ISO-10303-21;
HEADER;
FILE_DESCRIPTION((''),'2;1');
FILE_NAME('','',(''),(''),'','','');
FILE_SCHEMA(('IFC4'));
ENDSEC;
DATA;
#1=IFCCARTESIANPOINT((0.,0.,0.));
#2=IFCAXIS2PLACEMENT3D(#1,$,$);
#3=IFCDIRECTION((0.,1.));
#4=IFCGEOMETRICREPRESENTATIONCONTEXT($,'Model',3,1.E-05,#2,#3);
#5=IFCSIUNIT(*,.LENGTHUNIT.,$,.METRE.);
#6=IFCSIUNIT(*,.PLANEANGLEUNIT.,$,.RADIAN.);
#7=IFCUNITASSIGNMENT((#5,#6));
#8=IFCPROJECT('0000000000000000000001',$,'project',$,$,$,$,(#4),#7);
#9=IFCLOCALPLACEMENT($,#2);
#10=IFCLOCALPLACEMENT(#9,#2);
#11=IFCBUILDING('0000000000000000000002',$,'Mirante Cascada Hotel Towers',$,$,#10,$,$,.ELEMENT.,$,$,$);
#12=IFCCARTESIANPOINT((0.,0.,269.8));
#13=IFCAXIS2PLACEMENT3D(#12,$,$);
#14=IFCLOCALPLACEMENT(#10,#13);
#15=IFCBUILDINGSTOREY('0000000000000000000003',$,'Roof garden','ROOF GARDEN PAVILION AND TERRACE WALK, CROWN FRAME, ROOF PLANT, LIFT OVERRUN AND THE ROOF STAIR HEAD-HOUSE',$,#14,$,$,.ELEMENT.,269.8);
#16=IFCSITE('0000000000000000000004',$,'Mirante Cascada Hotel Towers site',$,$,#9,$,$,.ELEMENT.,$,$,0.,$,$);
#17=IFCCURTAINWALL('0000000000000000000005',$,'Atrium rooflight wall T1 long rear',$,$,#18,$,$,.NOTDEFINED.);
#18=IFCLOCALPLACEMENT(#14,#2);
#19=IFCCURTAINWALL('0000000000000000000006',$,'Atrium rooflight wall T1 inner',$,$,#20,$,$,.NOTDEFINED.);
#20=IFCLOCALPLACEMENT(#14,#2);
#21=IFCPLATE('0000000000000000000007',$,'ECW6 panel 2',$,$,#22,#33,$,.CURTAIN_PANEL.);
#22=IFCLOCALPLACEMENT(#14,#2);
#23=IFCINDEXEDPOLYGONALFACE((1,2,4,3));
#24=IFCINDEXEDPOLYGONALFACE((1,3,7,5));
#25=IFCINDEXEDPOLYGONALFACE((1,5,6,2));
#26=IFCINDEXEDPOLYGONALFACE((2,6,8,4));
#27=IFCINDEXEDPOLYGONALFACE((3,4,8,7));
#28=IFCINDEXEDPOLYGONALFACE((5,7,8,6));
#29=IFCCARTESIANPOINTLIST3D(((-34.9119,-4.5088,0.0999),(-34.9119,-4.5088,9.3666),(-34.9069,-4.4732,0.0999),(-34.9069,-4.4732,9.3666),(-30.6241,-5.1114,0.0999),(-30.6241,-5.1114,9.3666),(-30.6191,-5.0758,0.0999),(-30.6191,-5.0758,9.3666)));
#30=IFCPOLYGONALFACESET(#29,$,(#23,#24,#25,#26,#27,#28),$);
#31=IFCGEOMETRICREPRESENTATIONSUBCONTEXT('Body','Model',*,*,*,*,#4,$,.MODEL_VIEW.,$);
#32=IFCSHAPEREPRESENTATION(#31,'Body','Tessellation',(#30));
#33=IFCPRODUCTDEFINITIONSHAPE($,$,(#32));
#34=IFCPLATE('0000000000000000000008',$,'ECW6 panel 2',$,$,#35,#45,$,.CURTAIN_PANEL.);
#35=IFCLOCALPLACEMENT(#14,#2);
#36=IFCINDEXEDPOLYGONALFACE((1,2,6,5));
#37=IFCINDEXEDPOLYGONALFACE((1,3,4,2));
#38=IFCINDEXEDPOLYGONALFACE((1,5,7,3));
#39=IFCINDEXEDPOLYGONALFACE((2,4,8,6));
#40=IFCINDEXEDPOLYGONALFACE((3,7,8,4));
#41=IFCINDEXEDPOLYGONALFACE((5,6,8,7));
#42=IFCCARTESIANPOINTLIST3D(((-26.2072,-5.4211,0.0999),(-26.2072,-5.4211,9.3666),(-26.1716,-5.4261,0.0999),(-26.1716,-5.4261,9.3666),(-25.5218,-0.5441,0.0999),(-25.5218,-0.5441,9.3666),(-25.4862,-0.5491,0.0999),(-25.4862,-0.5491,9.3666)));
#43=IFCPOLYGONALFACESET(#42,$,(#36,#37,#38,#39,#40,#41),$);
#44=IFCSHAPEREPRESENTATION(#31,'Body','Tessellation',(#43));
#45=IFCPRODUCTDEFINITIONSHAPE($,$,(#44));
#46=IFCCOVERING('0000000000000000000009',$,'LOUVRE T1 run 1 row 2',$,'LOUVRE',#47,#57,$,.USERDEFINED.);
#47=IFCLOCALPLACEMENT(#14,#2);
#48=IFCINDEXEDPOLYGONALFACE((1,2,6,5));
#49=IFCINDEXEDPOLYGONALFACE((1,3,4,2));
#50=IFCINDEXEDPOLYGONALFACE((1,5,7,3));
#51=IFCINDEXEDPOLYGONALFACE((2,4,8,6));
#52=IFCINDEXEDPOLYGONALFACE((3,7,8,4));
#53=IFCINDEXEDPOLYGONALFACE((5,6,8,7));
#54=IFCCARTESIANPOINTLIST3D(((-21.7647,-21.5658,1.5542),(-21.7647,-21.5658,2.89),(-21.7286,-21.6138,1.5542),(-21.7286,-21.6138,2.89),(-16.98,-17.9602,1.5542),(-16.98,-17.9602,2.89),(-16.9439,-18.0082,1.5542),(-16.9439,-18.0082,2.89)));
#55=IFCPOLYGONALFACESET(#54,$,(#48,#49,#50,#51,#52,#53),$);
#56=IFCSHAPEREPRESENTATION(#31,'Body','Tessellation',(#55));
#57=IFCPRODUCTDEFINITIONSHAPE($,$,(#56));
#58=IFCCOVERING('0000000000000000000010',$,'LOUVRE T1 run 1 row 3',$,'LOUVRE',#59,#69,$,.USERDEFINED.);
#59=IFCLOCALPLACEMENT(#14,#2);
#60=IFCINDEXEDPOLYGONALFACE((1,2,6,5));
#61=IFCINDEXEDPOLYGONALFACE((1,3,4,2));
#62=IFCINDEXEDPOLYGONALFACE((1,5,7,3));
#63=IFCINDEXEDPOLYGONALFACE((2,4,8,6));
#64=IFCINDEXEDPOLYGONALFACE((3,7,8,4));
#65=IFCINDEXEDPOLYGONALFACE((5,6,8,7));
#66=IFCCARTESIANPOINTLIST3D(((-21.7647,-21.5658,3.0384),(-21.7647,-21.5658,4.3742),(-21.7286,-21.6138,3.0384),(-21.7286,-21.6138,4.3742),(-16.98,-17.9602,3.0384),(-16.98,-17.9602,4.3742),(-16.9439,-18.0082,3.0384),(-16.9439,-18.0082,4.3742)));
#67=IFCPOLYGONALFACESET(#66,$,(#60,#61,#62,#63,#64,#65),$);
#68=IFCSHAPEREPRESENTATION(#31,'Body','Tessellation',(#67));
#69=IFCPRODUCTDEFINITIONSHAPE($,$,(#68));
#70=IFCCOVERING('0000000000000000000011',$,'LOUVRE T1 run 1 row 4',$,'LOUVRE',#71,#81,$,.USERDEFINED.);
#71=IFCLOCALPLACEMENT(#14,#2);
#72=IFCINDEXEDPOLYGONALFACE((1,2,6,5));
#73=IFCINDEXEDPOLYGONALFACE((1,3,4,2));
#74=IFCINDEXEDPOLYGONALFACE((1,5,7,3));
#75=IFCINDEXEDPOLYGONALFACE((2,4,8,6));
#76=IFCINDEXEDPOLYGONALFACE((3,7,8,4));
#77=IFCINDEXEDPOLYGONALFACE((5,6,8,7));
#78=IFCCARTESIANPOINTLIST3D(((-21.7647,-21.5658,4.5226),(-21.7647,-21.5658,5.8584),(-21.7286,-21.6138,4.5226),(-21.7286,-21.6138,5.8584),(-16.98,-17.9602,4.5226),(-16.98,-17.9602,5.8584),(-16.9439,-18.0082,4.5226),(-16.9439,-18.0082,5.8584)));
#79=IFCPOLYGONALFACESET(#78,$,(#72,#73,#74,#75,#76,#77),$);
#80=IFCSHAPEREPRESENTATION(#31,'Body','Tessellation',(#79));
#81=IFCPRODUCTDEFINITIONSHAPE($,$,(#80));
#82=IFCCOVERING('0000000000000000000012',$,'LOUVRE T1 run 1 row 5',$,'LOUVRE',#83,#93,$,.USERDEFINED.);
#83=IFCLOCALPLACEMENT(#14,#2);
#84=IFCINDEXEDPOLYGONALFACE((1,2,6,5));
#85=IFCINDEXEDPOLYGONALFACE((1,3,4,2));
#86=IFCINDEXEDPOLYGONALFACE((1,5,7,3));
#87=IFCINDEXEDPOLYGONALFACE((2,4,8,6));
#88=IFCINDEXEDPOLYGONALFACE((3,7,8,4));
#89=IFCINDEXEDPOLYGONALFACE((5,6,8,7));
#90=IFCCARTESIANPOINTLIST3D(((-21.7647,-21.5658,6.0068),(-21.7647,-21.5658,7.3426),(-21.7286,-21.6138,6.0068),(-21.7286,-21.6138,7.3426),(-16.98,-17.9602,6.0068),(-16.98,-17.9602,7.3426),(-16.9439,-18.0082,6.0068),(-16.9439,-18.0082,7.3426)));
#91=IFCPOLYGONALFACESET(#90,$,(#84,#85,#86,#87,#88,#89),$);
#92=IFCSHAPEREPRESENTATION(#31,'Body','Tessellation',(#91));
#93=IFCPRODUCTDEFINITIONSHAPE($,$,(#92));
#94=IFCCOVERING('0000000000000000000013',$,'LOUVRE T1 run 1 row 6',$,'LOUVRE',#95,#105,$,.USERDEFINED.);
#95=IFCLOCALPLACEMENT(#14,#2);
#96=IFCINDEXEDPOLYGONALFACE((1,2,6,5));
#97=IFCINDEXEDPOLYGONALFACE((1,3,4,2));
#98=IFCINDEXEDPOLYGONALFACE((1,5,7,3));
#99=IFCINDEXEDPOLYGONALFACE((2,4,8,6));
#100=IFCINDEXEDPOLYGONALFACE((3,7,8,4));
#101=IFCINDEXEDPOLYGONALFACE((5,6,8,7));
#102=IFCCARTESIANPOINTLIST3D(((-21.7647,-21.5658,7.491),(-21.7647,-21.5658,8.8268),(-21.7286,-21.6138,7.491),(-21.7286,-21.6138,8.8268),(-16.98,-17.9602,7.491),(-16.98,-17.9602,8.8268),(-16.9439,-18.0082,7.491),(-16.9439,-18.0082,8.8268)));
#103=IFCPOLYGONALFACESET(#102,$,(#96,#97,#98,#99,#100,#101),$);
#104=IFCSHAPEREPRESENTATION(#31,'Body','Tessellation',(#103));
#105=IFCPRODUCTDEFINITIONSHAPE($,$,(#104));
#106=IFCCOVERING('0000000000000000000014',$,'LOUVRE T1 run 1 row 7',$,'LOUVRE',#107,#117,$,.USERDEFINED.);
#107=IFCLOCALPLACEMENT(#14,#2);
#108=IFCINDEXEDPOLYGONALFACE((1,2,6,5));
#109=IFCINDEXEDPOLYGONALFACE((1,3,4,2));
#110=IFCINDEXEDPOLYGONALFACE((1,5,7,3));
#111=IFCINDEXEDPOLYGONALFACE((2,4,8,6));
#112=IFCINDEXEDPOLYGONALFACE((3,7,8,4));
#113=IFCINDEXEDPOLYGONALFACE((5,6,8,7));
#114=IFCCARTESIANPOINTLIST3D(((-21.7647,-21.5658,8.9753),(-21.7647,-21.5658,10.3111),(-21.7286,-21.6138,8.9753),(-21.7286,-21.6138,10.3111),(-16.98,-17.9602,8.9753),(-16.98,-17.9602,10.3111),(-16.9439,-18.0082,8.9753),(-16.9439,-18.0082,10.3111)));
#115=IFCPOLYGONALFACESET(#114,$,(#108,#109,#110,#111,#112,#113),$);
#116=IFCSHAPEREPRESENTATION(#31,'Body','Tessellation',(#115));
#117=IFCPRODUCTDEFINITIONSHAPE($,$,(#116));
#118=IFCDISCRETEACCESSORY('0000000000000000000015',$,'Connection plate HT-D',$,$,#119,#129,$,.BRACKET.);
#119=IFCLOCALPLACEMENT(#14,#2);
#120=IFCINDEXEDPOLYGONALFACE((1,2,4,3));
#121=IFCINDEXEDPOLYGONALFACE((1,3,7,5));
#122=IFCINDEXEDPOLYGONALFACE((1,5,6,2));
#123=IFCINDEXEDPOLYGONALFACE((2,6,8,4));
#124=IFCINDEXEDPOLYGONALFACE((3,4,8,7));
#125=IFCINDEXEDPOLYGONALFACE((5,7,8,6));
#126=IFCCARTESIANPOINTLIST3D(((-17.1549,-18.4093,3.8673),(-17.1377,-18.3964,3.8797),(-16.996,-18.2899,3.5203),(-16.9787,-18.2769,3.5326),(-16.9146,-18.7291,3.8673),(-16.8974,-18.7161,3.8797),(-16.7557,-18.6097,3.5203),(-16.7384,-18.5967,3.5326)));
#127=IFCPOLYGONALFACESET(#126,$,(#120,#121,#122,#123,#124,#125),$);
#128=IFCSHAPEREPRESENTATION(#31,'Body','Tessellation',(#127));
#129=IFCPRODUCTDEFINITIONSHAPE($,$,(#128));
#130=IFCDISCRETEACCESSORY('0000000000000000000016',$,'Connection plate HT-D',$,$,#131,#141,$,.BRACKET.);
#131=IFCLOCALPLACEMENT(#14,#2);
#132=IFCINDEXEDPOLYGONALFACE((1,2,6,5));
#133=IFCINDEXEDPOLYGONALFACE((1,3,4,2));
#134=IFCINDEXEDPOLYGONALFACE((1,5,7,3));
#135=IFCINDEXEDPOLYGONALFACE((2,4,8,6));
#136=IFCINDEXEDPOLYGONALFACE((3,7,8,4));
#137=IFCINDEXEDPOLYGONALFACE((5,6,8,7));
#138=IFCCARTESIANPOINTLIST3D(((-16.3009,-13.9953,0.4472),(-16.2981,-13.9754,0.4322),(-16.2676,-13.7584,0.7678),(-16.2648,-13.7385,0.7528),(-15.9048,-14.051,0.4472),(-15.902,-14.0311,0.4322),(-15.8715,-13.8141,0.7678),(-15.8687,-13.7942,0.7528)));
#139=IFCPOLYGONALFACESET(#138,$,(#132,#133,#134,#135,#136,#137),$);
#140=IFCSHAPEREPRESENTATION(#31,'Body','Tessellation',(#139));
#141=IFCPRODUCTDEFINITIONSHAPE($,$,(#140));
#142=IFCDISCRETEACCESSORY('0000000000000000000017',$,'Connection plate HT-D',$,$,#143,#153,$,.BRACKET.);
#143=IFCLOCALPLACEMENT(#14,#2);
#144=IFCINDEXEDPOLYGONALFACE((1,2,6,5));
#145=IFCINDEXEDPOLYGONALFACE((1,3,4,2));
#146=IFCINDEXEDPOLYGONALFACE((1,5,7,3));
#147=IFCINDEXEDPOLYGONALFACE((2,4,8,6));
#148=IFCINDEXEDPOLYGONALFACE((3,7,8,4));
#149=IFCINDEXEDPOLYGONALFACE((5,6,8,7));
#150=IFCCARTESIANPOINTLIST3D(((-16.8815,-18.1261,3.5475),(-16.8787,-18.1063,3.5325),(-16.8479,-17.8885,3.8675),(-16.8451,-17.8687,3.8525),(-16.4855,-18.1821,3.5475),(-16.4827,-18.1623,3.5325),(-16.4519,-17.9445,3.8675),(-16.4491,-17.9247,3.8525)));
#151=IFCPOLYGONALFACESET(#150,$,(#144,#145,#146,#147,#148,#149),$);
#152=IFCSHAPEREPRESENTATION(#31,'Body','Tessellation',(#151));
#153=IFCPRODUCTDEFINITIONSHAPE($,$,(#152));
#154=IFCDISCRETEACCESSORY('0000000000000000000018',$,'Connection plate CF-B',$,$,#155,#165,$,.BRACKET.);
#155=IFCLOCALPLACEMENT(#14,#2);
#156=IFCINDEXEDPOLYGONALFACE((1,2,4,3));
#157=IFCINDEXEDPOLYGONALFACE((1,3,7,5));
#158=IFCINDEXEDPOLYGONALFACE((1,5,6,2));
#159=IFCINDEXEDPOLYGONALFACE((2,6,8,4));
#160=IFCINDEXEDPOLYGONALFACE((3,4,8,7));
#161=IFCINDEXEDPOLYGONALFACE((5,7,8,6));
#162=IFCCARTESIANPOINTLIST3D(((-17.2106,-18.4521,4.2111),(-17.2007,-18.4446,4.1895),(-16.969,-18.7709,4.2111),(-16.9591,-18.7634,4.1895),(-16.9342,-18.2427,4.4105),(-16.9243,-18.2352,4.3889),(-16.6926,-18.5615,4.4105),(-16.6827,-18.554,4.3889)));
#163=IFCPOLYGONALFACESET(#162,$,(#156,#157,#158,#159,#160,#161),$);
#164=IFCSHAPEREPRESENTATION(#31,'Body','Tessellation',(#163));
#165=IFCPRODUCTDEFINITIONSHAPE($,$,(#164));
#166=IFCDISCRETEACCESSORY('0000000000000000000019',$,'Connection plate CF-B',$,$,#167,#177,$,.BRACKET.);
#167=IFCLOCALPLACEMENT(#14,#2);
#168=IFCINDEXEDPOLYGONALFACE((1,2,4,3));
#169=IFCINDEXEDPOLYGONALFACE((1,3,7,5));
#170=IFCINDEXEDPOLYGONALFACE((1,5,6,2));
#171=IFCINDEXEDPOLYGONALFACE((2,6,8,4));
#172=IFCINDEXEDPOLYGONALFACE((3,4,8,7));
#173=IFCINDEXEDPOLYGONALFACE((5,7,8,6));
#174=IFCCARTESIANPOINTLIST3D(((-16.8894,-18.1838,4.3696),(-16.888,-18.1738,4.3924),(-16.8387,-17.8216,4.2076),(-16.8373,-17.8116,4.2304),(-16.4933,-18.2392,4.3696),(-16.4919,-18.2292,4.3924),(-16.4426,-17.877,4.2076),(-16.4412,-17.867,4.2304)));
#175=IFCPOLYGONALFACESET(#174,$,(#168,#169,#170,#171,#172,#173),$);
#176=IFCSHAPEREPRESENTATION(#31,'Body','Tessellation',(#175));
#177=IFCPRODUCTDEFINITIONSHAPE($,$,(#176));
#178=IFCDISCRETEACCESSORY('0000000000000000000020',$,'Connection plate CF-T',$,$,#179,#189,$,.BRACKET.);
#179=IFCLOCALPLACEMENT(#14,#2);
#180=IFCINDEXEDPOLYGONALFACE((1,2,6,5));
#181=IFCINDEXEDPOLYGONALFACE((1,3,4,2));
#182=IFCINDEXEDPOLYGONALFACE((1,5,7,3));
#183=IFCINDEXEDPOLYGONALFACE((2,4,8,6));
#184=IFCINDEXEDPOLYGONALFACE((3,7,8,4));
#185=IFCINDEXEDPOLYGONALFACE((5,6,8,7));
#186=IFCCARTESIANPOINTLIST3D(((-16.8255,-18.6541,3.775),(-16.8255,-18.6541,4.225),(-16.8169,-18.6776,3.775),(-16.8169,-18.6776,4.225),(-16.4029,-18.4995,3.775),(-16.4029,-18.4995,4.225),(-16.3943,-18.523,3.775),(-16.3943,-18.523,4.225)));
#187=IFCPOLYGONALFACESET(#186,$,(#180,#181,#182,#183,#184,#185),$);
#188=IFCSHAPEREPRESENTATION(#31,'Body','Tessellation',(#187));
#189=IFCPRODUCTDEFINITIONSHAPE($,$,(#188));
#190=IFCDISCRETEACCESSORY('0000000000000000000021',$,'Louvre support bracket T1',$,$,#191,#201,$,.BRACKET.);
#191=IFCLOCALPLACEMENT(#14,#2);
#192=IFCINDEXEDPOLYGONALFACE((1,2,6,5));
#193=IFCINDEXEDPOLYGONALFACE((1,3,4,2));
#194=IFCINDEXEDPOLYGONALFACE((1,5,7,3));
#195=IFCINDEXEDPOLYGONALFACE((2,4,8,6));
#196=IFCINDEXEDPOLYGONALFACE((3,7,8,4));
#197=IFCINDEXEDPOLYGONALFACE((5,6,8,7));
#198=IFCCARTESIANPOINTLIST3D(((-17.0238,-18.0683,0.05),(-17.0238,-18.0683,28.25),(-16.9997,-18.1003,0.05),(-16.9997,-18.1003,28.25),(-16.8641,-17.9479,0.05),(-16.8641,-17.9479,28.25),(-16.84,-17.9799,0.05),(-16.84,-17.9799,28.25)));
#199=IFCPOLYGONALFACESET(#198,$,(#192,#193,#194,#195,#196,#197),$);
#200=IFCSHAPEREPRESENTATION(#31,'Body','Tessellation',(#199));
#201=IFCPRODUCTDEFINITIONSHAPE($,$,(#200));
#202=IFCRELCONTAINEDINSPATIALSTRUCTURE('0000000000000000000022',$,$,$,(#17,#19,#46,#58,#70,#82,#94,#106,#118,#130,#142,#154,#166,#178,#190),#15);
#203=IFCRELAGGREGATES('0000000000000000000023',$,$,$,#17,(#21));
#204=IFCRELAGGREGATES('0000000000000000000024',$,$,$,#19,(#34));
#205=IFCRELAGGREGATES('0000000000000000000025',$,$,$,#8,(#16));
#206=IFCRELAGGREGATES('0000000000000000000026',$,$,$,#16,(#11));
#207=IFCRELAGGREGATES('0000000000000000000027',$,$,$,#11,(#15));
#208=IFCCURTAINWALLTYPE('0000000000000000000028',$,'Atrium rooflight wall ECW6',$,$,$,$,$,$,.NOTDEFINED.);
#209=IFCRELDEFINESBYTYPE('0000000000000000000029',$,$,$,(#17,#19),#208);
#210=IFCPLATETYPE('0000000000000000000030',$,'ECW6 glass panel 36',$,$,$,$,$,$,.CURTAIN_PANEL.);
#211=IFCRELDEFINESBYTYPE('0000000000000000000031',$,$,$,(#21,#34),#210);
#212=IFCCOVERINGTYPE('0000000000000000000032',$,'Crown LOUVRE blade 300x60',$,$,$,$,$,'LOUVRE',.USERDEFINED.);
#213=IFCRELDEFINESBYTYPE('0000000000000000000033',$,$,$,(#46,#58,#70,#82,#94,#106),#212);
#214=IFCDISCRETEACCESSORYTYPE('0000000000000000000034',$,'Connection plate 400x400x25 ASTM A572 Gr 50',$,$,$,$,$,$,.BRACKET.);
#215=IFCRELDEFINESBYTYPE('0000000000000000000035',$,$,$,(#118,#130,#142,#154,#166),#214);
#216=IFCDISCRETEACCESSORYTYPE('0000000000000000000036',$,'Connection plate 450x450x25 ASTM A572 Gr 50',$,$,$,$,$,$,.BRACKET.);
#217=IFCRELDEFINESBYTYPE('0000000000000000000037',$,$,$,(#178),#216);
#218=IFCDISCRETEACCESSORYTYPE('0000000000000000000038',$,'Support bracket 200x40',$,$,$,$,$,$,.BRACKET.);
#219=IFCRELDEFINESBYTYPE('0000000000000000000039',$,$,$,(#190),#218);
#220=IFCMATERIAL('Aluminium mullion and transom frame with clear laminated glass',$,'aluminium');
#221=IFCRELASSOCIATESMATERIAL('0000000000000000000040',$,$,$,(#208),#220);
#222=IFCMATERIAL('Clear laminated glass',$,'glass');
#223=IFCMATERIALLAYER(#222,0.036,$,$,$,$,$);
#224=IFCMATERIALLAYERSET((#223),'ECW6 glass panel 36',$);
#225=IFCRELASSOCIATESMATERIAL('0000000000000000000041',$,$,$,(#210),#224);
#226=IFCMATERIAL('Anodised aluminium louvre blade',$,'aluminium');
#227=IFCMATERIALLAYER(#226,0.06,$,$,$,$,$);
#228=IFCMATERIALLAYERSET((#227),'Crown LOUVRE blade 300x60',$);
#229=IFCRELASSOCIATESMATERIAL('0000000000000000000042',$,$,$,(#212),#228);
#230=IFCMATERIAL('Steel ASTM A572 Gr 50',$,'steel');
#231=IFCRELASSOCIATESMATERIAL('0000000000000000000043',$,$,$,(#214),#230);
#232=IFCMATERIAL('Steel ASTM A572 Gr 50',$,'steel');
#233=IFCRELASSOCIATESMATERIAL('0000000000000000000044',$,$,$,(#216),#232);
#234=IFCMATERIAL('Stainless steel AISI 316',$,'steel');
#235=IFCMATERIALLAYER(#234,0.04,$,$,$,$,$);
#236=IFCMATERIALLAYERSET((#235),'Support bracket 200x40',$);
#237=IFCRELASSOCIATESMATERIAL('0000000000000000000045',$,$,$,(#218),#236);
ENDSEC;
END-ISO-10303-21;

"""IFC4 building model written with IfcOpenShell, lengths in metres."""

from ifc_helpers import new_model, si_unit, direction, frame, origin, origin_2d, place, context, subcontext, project, spatial, rectangle, extrude, material, layer, layer_set, material_profile, profile_set, type_object, element, aggregate, save


model = new_model("IFC4")

# Units and contexts
model_context = context("Model", 3, precision=1e-05, world=origin(), true_north=direction((0.0, 1.0)))
body_context = subcontext(model_context, "Body", "Model", "MODEL_VIEW")
ifc_project = project(units=[si_unit("LENGTHUNIT", "METRE"), si_unit("PLANEANGLEUNIT", "RADIAN")], contexts=[model_context])

# Site, building, storey
site_placement = place(None, origin())
site = spatial("IfcSite", under=ifc_project, at=site_placement, Name="Mirante Cascada Hotel Towers site", CompositionType="ELEMENT", RefElevation=0.0)
building_placement = place(site_placement, origin())
building = spatial("IfcBuilding", under=site, at=building_placement, Name="Mirante Cascada Hotel Towers", CompositionType="ELEMENT")
storey_placement = place(building_placement, frame((0.0, 0.0, 269.8)))
storey = spatial("IfcBuildingStorey", under=building, at=storey_placement, Name="Roof garden", Description="ROOF GARDEN PAVILION AND TERRACE WALK, CROWN FRAME, ROOF PLANT, LIFT OVERRUN AND THE ROOF STAIR HEAD-HOUSE", CompositionType="ELEMENT", Elevation=269.8)

# Curtain wall
ifc_material_1 = material(Name="Aluminium mullion and transom frame with clear laminated glass", Category="aluminium")
curtain_wall_type = type_object("IfcCurtainWallType", Name="Atrium rooflight wall ECW6", PredefinedType="NOTDEFINED", material=ifc_material_1)
curtain_wall_1_placement = place(storey_placement, origin())
curtain_wall_1 = element("IfcCurtainWall", 1, at=curtain_wall_1_placement, inside=storey, type_object=curtain_wall_type, Name="Atrium rooflight wall T1 long rear", PredefinedType="NOTDEFINED")

# Curtain wall
curtain_wall_2_placement = place(storey_placement, origin())
curtain_wall_2 = element("IfcCurtainWall", 2, at=curtain_wall_2_placement, inside=storey, type_object=curtain_wall_type, Name="Atrium rooflight wall T1 inner", PredefinedType="NOTDEFINED")

# Plates
ifc_material_2 = material(Name="Clear laminated glass", Category="glass")
ifc_layer_1 = layer(ifc_material_2, 0.036)
ifc_layer_set_1 = layer_set([ifc_layer_1], Name="ECW6 glass panel 36")
plate_type = type_object("IfcPlateType", Name="ECW6 glass panel 36", PredefinedType="CURTAIN_PANEL", material=ifc_layer_set_1)
plate_1_placement = place(storey_placement, frame((-32.7655, -4.7923, 0.0999), z_axis=(0.0, 0.0, 1.0), x_axis=(-0.990268, 0.139173, 0.0)))
plate_1 = element("IfcPlate", 3, at=plate_1_placement, type_object=plate_type, Name="ECW6 panel 2", PredefinedType="CURTAIN_PANEL", context=body_context, shape_type="SweptSolid", body=[
    extrude(rectangle(XDim=4.33, YDim=0.036, at=origin_2d()), origin(), (0.0, 0.0, 1.0), 9.2667),
])
aggregate(curtain_wall_1, [plate_1])
plate_2_placement = place(storey_placement, frame((-25.8467, -2.9851, 0.0999), z_axis=(0.0, 0.0, 1.0), x_axis=(-0.139173, -0.990268, 0.0)))
plate_2 = element("IfcPlate", 4, at=plate_2_placement, type_object=plate_type, Name="ECW6 panel 2", PredefinedType="CURTAIN_PANEL", context=body_context, shape_type="SweptSolid", body=[
    extrude(rectangle(XDim=4.925, YDim=0.036, at=origin_2d()), origin(), (0.0, 0.0, 1.0), 9.2667),
])
aggregate(curtain_wall_2, [plate_2])

# Coverings
ifc_material_3 = material(Name="Anodised aluminium louvre blade", Category="aluminium")
ifc_layer_2 = layer(ifc_material_3, 0.06)
ifc_layer_set_2 = layer_set([ifc_layer_2], Name="Crown LOUVRE blade 300x60")
covering_type = type_object("IfcCoveringType", Name="Crown LOUVRE blade 300x60", ElementType="LOUVRE", PredefinedType="USERDEFINED", material=ifc_layer_set_2)
for number, where, z_axis, x_axis, name in (
    (5, (-19.3543, -19.787, 1.5542), (0.0, 0.0, 1.0), (0.798636, 0.601815, 0.0), "LOUVRE T1 run 1 row 2"),
    (6, (-19.3543, -19.787, 3.0384), (0.0, 0.0, 1.0), (0.798636, 0.601815, 0.0), "LOUVRE T1 run 1 row 3"),
    (7, (-19.3543, -19.787, 4.5226), (0.0, 0.0, 1.0), (0.798636, 0.601815, 0.0), "LOUVRE T1 run 1 row 4"),
    (8, (-19.3543, -19.787, 6.0068), (0.0, 0.0, 1.0), (0.798636, 0.601815, 0.0), "LOUVRE T1 run 1 row 5"),
    (9, (-19.3543, -19.787, 7.491), (0.0, 0.0, 1.0), (0.798636, 0.601815, 0.0), "LOUVRE T1 run 1 row 6"),
    (10, (-19.3543, -19.787, 8.9753), (0.0, 0.0, 1.0), (0.798636, 0.601815, 0.0), "LOUVRE T1 run 1 row 7"),
):
    element("IfcCovering", number, at=place(storey_placement, frame(where, z_axis=z_axis, x_axis=x_axis)), inside=storey, type_object=covering_type, Name=name, ObjectType="LOUVRE", PredefinedType="USERDEFINED", context=body_context, shape_type="SweptSolid", body=[
        extrude(rectangle(XDim=5.9912, YDim=0.06, at=origin_2d()), origin(), (0.0, 0.0, 1.0), 1.3358),
    ])

# Discrete accessories
ifc_material_4 = material(Name="Steel ASTM A572 Gr 50", Category="steel")
ifc_material_profile_1 = material_profile(ifc_material_4, rectangle(XDim=0.4, YDim=0.4, at=origin_2d()), Name="Connection plate 400x400x25 ASTM A572 Gr 50")
ifc_profile_set_1 = profile_set([ifc_material_profile_1], Name="Steel ASTM A572 Gr 50")
discrete_accessory_type_1 = type_object("IfcDiscreteAccessoryType", Name="Connection plate 400x400x25 ASTM A572 Gr 50", PredefinedType="BRACKET", material=ifc_profile_set_1)
discrete_accessory_1_placement = place(storey_placement, frame((-16.9553, -18.5095, 3.6938), z_axis=(0.693639, 0.521232, 0.497175), x_axis=(-0.600739, 0.799445, 0.0)))
element("IfcDiscreteAccessory", 11, at=discrete_accessory_1_placement, inside=storey, type_object=discrete_accessory_type_1, Name="Connection plate HT-D", PredefinedType="BRACKET", context=body_context, shape_type="SweptSolid", body=[
    extrude(rectangle(XDim=0.4, YDim=0.4, at=origin_2d()), origin(), (0.0, 0.0, 1.0), 0.0249),
])
discrete_accessory_2_placement = place(storey_placement, frame((-16.0834, -13.8848, 0.5925), z_axis=(-0.111657, -0.79356, 0.59816), x_axis=(0.990246, -0.139331, 0.0)))
element("IfcDiscreteAccessory", 12, at=discrete_accessory_2_placement, inside=storey, type_object=discrete_accessory_type_1, Name="Connection plate HT-D", PredefinedType="BRACKET", context=body_context, shape_type="SweptSolid", body=[
    extrude(rectangle(XDim=0.4, YDim=0.4, at=origin_2d()), origin(), (0.0, 0.0, 1.0), 0.0251),
])
discrete_accessory_3_placement = place(storey_placement, frame((-16.6639, -18.0155, 3.6925), z_axis=(-0.112011, -0.792076, 0.600058), x_axis=(0.990148, -0.140021, 0.0)))
element("IfcDiscreteAccessory", 13, at=discrete_accessory_3_placement, inside=storey, type_object=discrete_accessory_type_1, Name="Connection plate HT-D", PredefinedType="BRACKET", context=body_context, shape_type="SweptSolid", body=[
    extrude(rectangle(XDim=0.4, YDim=0.4, at=origin_2d()), origin(), (0.0, 0.0, 1.0), 0.025),
])
for number, where, z_axis, x_axis, name in (
    (14, (-16.9417, -18.4993, 4.2892), (-0.397331, -0.301008, 0.866904), (0.603858, -0.797092, 0.0), "Connection plate CF-B"),
    (15, (-16.666, -18.0304, 4.2886), (0.056144, 0.401028, 0.914344), (-0.990342, 0.138648, 0.0), "Connection plate CF-B"),
):
    element("IfcDiscreteAccessory", number, at=place(storey_placement, frame(where, z_axis=z_axis, x_axis=x_axis)), inside=storey, type_object=discrete_accessory_type_1, Name=name, PredefinedType="BRACKET", context=body_context, shape_type="SweptSolid", body=[
        extrude(rectangle(XDim=0.4, YDim=0.4, at=origin_2d()), origin(), (0.0, 0.0, 1.0), 0.0249),
    ])
ifc_material_5 = material(Name="Steel ASTM A572 Gr 50", Category="steel")
ifc_material_profile_2 = material_profile(ifc_material_5, rectangle(XDim=0.45, YDim=0.45, at=origin_2d()), Name="Connection plate 450x450x25 ASTM A572 Gr 50")
ifc_profile_set_2 = profile_set([ifc_material_profile_2], Name="Steel ASTM A572 Gr 50")
discrete_accessory_type_2 = type_object("IfcDiscreteAccessoryType", Name="Connection plate 450x450x25 ASTM A572 Gr 50", PredefinedType="BRACKET", material=ifc_profile_set_2)
discrete_accessory_4_placement = place(storey_placement, frame((-16.6056, -18.6003, 4.0), z_axis=(-0.343668, 0.939091, 0.0), x_axis=(-0.939091, -0.343668, 0.0)))
element("IfcDiscreteAccessory", 16, at=discrete_accessory_4_placement, inside=storey, type_object=discrete_accessory_type_2, Name="Connection plate CF-T", PredefinedType="BRACKET", context=body_context, shape_type="SweptSolid", body=[
    extrude(rectangle(XDim=0.45, YDim=0.45, at=origin_2d()), origin(), (0.0, 0.0, 1.0), 0.025),
])
ifc_material_6 = material(Name="Stainless steel AISI 316", Category="steel")
ifc_layer_3 = layer(ifc_material_6, 0.04)
ifc_layer_set_3 = layer_set([ifc_layer_3], Name="Support bracket 200x40")
discrete_accessory_type_3 = type_object("IfcDiscreteAccessoryType", Name="Support bracket 200x40", PredefinedType="BRACKET", material=ifc_layer_set_3)
discrete_accessory_5_placement = place(storey_placement, frame((-16.9319, -18.0241, 0.05), z_axis=(0.0, 0.0, 1.0), x_axis=(0.798636, 0.601815, 0.0)))
element("IfcDiscreteAccessory", 17, at=discrete_accessory_5_placement, inside=storey, type_object=discrete_accessory_type_3, Name="Louvre support bracket T1", PredefinedType="BRACKET", context=body_context, shape_type="SweptSolid", body=[
    extrude(rectangle(XDim=0.2, YDim=0.04, at=origin_2d()), origin(), (0.0, 0.0, 1.0), 28.2),
])

save(model, "model.ifc")
